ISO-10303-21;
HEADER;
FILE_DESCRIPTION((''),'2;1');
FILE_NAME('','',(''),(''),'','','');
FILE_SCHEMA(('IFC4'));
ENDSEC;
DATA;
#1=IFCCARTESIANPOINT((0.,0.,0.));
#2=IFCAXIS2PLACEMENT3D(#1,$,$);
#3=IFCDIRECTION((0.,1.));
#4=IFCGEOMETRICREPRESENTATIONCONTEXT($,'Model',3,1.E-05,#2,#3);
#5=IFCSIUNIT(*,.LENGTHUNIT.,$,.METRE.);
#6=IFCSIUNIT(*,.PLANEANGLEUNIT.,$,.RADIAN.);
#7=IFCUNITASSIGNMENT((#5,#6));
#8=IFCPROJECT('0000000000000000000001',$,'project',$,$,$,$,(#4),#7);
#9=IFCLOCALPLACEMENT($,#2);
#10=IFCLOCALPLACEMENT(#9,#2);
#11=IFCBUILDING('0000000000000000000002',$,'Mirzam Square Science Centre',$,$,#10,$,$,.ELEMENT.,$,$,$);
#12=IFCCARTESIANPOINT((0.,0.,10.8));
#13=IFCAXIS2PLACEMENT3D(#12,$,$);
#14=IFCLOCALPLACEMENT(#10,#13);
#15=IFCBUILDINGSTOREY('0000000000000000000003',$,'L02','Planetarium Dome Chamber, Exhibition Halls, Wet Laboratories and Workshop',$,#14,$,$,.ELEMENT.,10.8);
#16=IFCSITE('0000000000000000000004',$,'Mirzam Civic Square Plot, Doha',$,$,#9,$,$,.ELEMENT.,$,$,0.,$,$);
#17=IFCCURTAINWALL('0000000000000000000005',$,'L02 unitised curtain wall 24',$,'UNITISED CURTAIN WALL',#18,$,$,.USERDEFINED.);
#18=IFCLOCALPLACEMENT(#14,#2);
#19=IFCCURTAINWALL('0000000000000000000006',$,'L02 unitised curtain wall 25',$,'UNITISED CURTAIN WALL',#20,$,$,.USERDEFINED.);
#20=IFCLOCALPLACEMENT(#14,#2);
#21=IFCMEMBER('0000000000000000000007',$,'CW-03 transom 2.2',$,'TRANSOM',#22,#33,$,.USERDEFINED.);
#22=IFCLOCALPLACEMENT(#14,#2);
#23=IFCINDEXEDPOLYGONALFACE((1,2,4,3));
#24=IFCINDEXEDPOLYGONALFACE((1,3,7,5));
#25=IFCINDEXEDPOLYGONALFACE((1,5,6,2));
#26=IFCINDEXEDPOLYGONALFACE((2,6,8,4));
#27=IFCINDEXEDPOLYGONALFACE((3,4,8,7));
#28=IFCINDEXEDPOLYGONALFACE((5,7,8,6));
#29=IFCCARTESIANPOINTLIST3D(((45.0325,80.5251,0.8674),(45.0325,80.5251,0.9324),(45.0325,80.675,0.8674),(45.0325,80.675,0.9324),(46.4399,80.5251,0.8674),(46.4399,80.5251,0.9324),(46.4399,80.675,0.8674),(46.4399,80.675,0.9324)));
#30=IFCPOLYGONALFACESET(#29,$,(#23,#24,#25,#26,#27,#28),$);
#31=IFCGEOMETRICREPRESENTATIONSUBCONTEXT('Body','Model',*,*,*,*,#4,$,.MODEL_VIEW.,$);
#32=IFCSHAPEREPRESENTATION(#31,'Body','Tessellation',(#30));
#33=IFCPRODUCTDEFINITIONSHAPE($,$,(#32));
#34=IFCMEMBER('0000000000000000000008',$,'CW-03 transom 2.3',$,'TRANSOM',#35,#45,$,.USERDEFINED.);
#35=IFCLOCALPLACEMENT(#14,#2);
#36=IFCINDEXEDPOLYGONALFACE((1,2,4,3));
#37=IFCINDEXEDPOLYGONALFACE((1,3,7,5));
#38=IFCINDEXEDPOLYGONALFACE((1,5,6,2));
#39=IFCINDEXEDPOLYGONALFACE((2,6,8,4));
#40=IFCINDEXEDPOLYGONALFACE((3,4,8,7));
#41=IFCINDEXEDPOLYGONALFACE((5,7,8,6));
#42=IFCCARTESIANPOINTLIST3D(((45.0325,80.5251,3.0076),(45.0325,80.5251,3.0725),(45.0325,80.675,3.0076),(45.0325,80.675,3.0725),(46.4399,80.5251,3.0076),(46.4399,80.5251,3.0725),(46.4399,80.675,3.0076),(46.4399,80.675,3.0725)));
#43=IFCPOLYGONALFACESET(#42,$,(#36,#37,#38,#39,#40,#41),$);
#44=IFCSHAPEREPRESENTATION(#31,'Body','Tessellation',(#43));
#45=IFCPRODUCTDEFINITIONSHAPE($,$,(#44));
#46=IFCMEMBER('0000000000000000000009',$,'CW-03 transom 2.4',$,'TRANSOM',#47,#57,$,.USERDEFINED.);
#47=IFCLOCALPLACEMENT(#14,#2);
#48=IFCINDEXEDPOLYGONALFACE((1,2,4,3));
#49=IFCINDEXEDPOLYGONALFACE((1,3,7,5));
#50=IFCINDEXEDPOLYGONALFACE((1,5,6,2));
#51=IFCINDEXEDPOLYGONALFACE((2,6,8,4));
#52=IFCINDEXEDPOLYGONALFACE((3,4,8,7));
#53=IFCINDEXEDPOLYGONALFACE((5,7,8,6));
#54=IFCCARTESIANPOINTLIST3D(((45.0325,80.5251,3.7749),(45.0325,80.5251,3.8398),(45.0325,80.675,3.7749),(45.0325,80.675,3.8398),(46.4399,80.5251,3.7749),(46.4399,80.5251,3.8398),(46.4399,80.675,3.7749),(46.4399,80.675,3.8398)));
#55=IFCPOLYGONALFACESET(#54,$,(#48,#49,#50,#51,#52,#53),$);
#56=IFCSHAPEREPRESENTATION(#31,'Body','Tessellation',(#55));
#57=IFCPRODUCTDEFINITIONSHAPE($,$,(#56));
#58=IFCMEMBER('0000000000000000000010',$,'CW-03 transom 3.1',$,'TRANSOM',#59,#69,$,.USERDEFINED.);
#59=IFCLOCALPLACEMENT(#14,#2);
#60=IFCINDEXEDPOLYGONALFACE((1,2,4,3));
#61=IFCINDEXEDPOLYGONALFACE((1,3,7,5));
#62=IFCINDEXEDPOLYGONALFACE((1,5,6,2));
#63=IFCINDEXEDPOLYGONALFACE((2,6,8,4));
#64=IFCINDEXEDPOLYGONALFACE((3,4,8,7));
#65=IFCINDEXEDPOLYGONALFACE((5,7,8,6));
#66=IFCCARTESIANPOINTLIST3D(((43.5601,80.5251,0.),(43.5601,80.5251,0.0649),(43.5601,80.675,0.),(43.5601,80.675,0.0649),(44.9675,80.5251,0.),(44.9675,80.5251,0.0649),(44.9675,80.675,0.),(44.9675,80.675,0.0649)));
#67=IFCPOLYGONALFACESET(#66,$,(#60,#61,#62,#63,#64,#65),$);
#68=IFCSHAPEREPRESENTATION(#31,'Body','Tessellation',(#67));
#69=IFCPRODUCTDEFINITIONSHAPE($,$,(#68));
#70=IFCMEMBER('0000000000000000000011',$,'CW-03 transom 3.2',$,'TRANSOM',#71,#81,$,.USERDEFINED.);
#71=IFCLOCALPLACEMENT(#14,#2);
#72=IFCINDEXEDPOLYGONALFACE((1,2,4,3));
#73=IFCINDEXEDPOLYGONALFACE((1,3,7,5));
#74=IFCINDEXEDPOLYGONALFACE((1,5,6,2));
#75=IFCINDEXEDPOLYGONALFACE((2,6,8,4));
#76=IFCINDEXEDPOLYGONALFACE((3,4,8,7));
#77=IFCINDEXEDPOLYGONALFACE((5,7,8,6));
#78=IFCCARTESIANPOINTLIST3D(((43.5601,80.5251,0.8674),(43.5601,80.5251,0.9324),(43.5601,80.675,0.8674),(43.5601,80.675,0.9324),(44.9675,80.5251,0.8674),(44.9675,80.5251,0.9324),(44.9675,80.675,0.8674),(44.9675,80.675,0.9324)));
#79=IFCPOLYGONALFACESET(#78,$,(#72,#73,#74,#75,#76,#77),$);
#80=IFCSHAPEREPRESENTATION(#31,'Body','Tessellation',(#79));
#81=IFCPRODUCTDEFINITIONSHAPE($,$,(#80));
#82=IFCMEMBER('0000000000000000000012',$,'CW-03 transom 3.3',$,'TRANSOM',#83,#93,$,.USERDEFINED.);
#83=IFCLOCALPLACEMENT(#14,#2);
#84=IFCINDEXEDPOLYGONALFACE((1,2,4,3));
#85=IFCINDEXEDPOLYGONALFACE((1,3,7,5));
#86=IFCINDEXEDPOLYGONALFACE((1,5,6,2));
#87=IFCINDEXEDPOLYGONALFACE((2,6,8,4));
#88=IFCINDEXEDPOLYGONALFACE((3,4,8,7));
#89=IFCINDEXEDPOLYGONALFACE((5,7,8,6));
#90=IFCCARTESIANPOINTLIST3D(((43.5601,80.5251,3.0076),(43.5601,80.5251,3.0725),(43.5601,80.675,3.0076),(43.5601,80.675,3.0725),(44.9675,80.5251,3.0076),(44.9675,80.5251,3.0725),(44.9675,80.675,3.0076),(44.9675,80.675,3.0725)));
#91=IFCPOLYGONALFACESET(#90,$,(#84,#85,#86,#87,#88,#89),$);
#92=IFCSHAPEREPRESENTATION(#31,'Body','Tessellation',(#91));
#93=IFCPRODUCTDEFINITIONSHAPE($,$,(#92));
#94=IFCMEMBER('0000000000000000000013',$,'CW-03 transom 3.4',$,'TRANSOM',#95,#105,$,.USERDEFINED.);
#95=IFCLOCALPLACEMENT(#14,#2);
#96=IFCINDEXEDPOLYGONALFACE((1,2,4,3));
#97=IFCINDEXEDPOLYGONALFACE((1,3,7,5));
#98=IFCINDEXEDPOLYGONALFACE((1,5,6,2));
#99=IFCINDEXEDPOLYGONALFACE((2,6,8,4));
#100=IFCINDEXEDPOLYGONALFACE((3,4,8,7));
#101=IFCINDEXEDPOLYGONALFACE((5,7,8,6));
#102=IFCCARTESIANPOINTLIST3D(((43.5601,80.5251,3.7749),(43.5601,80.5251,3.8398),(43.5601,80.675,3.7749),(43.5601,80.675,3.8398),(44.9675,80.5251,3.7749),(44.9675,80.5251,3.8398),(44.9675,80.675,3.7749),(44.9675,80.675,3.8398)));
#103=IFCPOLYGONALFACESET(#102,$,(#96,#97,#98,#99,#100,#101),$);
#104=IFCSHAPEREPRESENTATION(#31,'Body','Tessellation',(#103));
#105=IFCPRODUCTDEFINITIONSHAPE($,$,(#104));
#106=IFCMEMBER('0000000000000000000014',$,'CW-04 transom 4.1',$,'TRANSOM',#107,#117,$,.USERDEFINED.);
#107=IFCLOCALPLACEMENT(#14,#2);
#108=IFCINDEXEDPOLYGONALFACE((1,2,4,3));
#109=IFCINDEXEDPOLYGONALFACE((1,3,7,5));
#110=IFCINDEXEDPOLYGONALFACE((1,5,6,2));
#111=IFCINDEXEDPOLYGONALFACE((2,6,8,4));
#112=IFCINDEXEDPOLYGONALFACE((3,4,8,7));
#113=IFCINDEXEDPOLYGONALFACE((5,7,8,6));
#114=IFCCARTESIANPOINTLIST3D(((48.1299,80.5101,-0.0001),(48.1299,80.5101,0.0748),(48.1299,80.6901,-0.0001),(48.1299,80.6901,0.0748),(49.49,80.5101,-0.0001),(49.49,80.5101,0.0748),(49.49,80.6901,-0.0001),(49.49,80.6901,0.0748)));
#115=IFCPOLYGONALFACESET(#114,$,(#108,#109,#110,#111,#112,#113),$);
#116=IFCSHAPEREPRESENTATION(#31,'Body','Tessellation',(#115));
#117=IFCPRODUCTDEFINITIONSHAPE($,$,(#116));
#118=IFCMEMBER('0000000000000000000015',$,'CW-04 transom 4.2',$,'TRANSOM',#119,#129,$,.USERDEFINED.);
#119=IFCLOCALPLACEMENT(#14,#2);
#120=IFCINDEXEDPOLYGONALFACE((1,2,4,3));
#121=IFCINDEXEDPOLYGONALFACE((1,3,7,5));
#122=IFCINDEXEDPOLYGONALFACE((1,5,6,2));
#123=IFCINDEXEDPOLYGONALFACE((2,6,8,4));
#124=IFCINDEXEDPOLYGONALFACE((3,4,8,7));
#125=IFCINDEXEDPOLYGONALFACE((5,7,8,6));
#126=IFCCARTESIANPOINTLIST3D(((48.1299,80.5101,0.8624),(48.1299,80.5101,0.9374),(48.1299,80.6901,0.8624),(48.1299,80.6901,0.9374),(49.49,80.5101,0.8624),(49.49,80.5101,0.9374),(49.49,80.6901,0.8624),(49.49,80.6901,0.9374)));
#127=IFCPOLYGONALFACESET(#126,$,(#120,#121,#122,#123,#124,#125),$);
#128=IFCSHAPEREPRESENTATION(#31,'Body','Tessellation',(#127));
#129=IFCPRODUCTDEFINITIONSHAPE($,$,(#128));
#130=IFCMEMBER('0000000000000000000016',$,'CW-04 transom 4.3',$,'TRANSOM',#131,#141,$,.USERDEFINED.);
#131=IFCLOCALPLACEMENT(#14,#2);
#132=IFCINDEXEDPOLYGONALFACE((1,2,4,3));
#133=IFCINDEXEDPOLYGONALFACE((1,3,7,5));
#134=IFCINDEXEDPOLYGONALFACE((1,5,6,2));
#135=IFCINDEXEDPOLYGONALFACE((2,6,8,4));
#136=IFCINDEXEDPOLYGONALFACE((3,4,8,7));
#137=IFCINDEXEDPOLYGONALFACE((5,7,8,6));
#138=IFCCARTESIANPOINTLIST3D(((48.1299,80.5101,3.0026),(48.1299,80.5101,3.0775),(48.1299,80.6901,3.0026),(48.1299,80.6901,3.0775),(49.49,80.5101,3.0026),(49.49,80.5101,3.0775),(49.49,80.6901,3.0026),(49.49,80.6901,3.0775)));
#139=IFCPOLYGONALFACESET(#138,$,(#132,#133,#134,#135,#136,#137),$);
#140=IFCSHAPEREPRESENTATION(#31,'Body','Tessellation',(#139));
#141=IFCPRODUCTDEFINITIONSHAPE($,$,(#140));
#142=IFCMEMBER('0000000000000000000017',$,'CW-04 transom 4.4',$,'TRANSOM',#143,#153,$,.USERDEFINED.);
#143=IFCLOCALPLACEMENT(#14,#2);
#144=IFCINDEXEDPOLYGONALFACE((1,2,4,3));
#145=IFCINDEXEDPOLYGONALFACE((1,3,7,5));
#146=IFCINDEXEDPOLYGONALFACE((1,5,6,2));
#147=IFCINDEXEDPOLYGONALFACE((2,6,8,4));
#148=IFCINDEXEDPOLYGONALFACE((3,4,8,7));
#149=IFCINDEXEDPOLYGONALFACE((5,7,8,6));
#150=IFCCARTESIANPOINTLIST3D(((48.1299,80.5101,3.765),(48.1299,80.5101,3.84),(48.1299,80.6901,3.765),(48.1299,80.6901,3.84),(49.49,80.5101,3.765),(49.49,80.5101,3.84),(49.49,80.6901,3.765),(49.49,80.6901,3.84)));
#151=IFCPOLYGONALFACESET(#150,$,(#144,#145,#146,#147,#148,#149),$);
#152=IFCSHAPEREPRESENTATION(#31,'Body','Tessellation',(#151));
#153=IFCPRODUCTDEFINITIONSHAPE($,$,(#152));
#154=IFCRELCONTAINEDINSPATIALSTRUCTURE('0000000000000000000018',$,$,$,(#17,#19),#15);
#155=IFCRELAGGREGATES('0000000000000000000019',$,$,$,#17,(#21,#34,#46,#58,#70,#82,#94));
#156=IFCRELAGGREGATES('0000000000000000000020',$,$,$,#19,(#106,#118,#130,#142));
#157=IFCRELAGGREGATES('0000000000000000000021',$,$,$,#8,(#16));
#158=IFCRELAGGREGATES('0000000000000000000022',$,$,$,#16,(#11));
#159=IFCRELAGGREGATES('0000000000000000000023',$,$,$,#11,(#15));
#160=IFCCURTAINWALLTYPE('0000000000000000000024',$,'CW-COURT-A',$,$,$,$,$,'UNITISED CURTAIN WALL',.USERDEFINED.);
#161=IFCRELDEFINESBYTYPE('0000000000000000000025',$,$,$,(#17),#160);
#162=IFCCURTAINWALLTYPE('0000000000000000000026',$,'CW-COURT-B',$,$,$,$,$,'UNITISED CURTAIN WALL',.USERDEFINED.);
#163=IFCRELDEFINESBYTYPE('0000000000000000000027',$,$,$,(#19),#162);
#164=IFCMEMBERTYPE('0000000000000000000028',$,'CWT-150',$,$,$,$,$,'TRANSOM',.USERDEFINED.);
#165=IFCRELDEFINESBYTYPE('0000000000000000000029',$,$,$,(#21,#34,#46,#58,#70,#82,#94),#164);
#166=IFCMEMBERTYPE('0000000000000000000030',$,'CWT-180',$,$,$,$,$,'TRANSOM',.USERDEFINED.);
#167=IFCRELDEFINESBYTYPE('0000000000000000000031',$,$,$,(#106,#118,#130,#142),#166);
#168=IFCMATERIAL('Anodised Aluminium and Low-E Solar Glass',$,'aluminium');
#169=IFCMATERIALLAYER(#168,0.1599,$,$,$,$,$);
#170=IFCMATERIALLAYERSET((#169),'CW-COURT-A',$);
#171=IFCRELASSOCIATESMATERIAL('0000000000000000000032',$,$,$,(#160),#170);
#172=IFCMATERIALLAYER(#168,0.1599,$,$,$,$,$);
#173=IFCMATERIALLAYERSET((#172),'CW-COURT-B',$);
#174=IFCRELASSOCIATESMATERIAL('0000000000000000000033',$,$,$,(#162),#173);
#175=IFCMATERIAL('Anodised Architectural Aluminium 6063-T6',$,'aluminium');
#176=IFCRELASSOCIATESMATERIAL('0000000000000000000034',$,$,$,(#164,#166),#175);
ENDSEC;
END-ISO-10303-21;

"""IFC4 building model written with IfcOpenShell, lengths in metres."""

from ifc_helpers import new_model, si_unit, direction, frame, origin, origin_2d, place, context, subcontext, project, spatial, rectangle, extrude, material, layer, layer_set, material_profile, profile_set, type_object, element, aggregate, save


model = new_model("IFC4")

# Units and contexts
model_context = context("Model", 3, precision=1e-05, world=origin(), true_north=direction((0.0, 1.0)))
body_context = subcontext(model_context, "Body", "Model", "MODEL_VIEW")
ifc_project = project(units=[si_unit("LENGTHUNIT", "METRE"), si_unit("PLANEANGLEUNIT", "RADIAN")], contexts=[model_context])

# Site, building, storey
site_placement = place(None, origin())
site = spatial("IfcSite", under=ifc_project, at=site_placement, Name="Mirzam Civic Square Plot, Doha", CompositionType="ELEMENT", RefElevation=0.0)
building_placement = place(site_placement, origin())
building = spatial("IfcBuilding", under=site, at=building_placement, Name="Mirzam Square Science Centre", CompositionType="ELEMENT")
storey_placement = place(building_placement, frame((0.0, 0.0, 10.8)))
storey = spatial("IfcBuildingStorey", under=building, at=storey_placement, Name="L02", Description="Planetarium Dome Chamber, Exhibition Halls, Wet Laboratories and Workshop", CompositionType="ELEMENT", Elevation=10.8)

# Curtain walls
ifc_material_1 = material(Name="Anodised Aluminium and Low-E Solar Glass", Category="aluminium")
ifc_layer_1 = layer(ifc_material_1, 0.1599)
ifc_layer_set_1 = layer_set([ifc_layer_1], Name="CW-COURT-A")
curtain_wall_type_1 = type_object("IfcCurtainWallType", Name="CW-COURT-A", ElementType="UNITISED CURTAIN WALL", PredefinedType="USERDEFINED", material=ifc_layer_set_1)
curtain_wall_1_placement = place(storey_placement, origin())
curtain_wall_1 = element("IfcCurtainWall", 1, at=curtain_wall_1_placement, inside=storey, type_object=curtain_wall_type_1, Name="L02 unitised curtain wall 24", ObjectType="UNITISED CURTAIN WALL", PredefinedType="USERDEFINED")
ifc_material_2 = material(Name="Anodised Architectural Aluminium 6063-T6", Category="aluminium")
ifc_layer_2 = layer(ifc_material_1, 0.1599)
ifc_layer_set_2 = layer_set([ifc_layer_2], Name="CW-COURT-B")
curtain_wall_type_2 = type_object("IfcCurtainWallType", Name="CW-COURT-B", ElementType="UNITISED CURTAIN WALL", PredefinedType="USERDEFINED", material=ifc_layer_set_2)
curtain_wall_2_placement = place(storey_placement, origin())
curtain_wall_2 = element("IfcCurtainWall", 2, at=curtain_wall_2_placement, inside=storey, type_object=curtain_wall_type_2, Name="L02 unitised curtain wall 25", ObjectType="UNITISED CURTAIN WALL", PredefinedType="USERDEFINED")

# Members
ifc_material_profile_1 = material_profile(ifc_material_2, rectangle(XDim=0.1499, YDim=0.0649, at=origin_2d()), Name="ALU-TRAN-150x65x4")
ifc_profile_set_1 = profile_set([ifc_material_profile_1], Name="Anodised Architectural Aluminium 6063-T6")
member_type_1 = type_object("IfcMemberType", Name="CWT-150", ElementType="TRANSOM", PredefinedType="USERDEFINED", material=ifc_profile_set_1)
member_1_placement = place(storey_placement, frame((46.4399, 80.6001, 0.8999), z_axis=(-1.0, 0.0, 0.0), x_axis=(0.0, -1.0, 0.0)))
member_1 = element("IfcMember", 3, at=member_1_placement, type_object=member_type_1, Name="CW-03 transom 2.2", ObjectType="TRANSOM", PredefinedType="USERDEFINED", context=body_context, shape_type="SweptSolid", body=[
    extrude(rectangle(XDim=0.1499, YDim=0.0649, at=origin_2d()), origin(), (0.0, 0.0, 1.0), 1.4075),
])
member_2_placement = place(storey_placement, frame((46.4399, 80.6001, 3.04), z_axis=(-1.0, 0.0, 0.0), x_axis=(0.0, -1.0, 0.0)))
member_2 = element("IfcMember", 4, at=member_2_placement, type_object=member_type_1, Name="CW-03 transom 2.3", ObjectType="TRANSOM", PredefinedType="USERDEFINED", context=body_context, shape_type="SweptSolid", body=[
    extrude(rectangle(XDim=0.1499, YDim=0.0649, at=origin_2d()), origin(), (0.0, 0.0, 1.0), 1.4075),
])
member_3_placement = place(storey_placement, frame((46.4399, 80.6001, 3.8074), z_axis=(-1.0, 0.0, 0.0), x_axis=(0.0, -1.0, 0.0)))
member_3 = element("IfcMember", 5, at=member_3_placement, type_object=member_type_1, Name="CW-03 transom 2.4", ObjectType="TRANSOM", PredefinedType="USERDEFINED", context=body_context, shape_type="SweptSolid", body=[
    extrude(rectangle(XDim=0.1499, YDim=0.0649, at=origin_2d()), origin(), (0.0, 0.0, 1.0), 1.4075),
])
member_4_placement = place(storey_placement, frame((44.9675, 80.6001, 0.0325), z_axis=(-1.0, 0.0, 0.0), x_axis=(0.0, -1.0, 0.0)))
member_4 = element("IfcMember", 6, at=member_4_placement, type_object=member_type_1, Name="CW-03 transom 3.1", ObjectType="TRANSOM", PredefinedType="USERDEFINED", context=body_context, shape_type="SweptSolid", body=[
    extrude(rectangle(XDim=0.1499, YDim=0.0649, at=origin_2d()), origin(), (0.0, 0.0, 1.0), 1.4075),
])
member_5_placement = place(storey_placement, frame((44.9675, 80.6001, 0.8999), z_axis=(-1.0, 0.0, 0.0), x_axis=(0.0, -1.0, 0.0)))
member_5 = element("IfcMember", 7, at=member_5_placement, type_object=member_type_1, Name="CW-03 transom 3.2", ObjectType="TRANSOM", PredefinedType="USERDEFINED", context=body_context, shape_type="SweptSolid", body=[
    extrude(rectangle(XDim=0.1499, YDim=0.0649, at=origin_2d()), origin(), (0.0, 0.0, 1.0), 1.4075),
])
member_6_placement = place(storey_placement, frame((44.9675, 80.6001, 3.04), z_axis=(-1.0, 0.0, 0.0), x_axis=(0.0, -1.0, 0.0)))
member_6 = element("IfcMember", 8, at=member_6_placement, type_object=member_type_1, Name="CW-03 transom 3.3", ObjectType="TRANSOM", PredefinedType="USERDEFINED", context=body_context, shape_type="SweptSolid", body=[
    extrude(rectangle(XDim=0.1499, YDim=0.0649, at=origin_2d()), origin(), (0.0, 0.0, 1.0), 1.4075),
])
member_7_placement = place(storey_placement, frame((44.9675, 80.6001, 3.8074), z_axis=(-1.0, 0.0, 0.0), x_axis=(0.0, -1.0, 0.0)))
member_7 = element("IfcMember", 9, at=member_7_placement, type_object=member_type_1, Name="CW-03 transom 3.4", ObjectType="TRANSOM", PredefinedType="USERDEFINED", context=body_context, shape_type="SweptSolid", body=[
    extrude(rectangle(XDim=0.1499, YDim=0.0649, at=origin_2d()), origin(), (0.0, 0.0, 1.0), 1.4075),
])
ifc_material_profile_2 = material_profile(ifc_material_2, rectangle(XDim=0.1799, YDim=0.075, at=origin_2d()), Name="ALU-TRAN-180x75x5")
ifc_profile_set_2 = profile_set([ifc_material_profile_2], Name="Anodised Architectural Aluminium 6063-T6")
member_type_2 = type_object("IfcMemberType", Name="CWT-180", ElementType="TRANSOM", PredefinedType="USERDEFINED", material=ifc_profile_set_2)
member_8_placement = place(storey_placement, frame((49.49, 80.6001, 0.0374), z_axis=(-1.0, 0.0, 0.0), x_axis=(0.0, -1.0, 0.0)))
member_8 = element("IfcMember", 10, at=member_8_placement, type_object=member_type_2, Name="CW-04 transom 4.1", ObjectType="TRANSOM", PredefinedType="USERDEFINED", context=body_context, shape_type="SweptSolid", body=[
    extrude(rectangle(XDim=0.1799, YDim=0.075, at=origin_2d()), origin(), (0.0, 0.0, 1.0), 1.3601),
])
member_9_placement = place(storey_placement, frame((49.49, 80.6001, 0.8999), z_axis=(-1.0, 0.0, 0.0), x_axis=(0.0, -1.0, 0.0)))
member_9 = element("IfcMember", 11, at=member_9_placement, type_object=member_type_2, Name="CW-04 transom 4.2", ObjectType="TRANSOM", PredefinedType="USERDEFINED", context=body_context, shape_type="SweptSolid", body=[
    extrude(rectangle(XDim=0.1799, YDim=0.075, at=origin_2d()), origin(), (0.0, 0.0, 1.0), 1.3601),
])
member_10_placement = place(storey_placement, frame((49.49, 80.6001, 3.04), z_axis=(-1.0, 0.0, 0.0), x_axis=(0.0, -1.0, 0.0)))
member_10 = element("IfcMember", 12, at=member_10_placement, type_object=member_type_2, Name="CW-04 transom 4.3", ObjectType="TRANSOM", PredefinedType="USERDEFINED", context=body_context, shape_type="SweptSolid", body=[
    extrude(rectangle(XDim=0.1799, YDim=0.075, at=origin_2d()), origin(), (0.0, 0.0, 1.0), 1.3601),
])
member_11_placement = place(storey_placement, frame((49.49, 80.6001, 3.8025), z_axis=(-1.0, 0.0, 0.0), x_axis=(0.0, -1.0, 0.0)))
member_11 = element("IfcMember", 13, at=member_11_placement, type_object=member_type_2, Name="CW-04 transom 4.4", ObjectType="TRANSOM", PredefinedType="USERDEFINED", context=body_context, shape_type="SweptSolid", body=[
    extrude(rectangle(XDim=0.1799, YDim=0.075, at=origin_2d()), origin(), (0.0, 0.0, 1.0), 1.3601),
])

aggregate(curtain_wall_1, [member_1, member_2, member_3, member_4, member_5, member_6, member_7])
aggregate(curtain_wall_2, [member_8, member_9, member_10, member_11])

save(model, "model.ifc")
